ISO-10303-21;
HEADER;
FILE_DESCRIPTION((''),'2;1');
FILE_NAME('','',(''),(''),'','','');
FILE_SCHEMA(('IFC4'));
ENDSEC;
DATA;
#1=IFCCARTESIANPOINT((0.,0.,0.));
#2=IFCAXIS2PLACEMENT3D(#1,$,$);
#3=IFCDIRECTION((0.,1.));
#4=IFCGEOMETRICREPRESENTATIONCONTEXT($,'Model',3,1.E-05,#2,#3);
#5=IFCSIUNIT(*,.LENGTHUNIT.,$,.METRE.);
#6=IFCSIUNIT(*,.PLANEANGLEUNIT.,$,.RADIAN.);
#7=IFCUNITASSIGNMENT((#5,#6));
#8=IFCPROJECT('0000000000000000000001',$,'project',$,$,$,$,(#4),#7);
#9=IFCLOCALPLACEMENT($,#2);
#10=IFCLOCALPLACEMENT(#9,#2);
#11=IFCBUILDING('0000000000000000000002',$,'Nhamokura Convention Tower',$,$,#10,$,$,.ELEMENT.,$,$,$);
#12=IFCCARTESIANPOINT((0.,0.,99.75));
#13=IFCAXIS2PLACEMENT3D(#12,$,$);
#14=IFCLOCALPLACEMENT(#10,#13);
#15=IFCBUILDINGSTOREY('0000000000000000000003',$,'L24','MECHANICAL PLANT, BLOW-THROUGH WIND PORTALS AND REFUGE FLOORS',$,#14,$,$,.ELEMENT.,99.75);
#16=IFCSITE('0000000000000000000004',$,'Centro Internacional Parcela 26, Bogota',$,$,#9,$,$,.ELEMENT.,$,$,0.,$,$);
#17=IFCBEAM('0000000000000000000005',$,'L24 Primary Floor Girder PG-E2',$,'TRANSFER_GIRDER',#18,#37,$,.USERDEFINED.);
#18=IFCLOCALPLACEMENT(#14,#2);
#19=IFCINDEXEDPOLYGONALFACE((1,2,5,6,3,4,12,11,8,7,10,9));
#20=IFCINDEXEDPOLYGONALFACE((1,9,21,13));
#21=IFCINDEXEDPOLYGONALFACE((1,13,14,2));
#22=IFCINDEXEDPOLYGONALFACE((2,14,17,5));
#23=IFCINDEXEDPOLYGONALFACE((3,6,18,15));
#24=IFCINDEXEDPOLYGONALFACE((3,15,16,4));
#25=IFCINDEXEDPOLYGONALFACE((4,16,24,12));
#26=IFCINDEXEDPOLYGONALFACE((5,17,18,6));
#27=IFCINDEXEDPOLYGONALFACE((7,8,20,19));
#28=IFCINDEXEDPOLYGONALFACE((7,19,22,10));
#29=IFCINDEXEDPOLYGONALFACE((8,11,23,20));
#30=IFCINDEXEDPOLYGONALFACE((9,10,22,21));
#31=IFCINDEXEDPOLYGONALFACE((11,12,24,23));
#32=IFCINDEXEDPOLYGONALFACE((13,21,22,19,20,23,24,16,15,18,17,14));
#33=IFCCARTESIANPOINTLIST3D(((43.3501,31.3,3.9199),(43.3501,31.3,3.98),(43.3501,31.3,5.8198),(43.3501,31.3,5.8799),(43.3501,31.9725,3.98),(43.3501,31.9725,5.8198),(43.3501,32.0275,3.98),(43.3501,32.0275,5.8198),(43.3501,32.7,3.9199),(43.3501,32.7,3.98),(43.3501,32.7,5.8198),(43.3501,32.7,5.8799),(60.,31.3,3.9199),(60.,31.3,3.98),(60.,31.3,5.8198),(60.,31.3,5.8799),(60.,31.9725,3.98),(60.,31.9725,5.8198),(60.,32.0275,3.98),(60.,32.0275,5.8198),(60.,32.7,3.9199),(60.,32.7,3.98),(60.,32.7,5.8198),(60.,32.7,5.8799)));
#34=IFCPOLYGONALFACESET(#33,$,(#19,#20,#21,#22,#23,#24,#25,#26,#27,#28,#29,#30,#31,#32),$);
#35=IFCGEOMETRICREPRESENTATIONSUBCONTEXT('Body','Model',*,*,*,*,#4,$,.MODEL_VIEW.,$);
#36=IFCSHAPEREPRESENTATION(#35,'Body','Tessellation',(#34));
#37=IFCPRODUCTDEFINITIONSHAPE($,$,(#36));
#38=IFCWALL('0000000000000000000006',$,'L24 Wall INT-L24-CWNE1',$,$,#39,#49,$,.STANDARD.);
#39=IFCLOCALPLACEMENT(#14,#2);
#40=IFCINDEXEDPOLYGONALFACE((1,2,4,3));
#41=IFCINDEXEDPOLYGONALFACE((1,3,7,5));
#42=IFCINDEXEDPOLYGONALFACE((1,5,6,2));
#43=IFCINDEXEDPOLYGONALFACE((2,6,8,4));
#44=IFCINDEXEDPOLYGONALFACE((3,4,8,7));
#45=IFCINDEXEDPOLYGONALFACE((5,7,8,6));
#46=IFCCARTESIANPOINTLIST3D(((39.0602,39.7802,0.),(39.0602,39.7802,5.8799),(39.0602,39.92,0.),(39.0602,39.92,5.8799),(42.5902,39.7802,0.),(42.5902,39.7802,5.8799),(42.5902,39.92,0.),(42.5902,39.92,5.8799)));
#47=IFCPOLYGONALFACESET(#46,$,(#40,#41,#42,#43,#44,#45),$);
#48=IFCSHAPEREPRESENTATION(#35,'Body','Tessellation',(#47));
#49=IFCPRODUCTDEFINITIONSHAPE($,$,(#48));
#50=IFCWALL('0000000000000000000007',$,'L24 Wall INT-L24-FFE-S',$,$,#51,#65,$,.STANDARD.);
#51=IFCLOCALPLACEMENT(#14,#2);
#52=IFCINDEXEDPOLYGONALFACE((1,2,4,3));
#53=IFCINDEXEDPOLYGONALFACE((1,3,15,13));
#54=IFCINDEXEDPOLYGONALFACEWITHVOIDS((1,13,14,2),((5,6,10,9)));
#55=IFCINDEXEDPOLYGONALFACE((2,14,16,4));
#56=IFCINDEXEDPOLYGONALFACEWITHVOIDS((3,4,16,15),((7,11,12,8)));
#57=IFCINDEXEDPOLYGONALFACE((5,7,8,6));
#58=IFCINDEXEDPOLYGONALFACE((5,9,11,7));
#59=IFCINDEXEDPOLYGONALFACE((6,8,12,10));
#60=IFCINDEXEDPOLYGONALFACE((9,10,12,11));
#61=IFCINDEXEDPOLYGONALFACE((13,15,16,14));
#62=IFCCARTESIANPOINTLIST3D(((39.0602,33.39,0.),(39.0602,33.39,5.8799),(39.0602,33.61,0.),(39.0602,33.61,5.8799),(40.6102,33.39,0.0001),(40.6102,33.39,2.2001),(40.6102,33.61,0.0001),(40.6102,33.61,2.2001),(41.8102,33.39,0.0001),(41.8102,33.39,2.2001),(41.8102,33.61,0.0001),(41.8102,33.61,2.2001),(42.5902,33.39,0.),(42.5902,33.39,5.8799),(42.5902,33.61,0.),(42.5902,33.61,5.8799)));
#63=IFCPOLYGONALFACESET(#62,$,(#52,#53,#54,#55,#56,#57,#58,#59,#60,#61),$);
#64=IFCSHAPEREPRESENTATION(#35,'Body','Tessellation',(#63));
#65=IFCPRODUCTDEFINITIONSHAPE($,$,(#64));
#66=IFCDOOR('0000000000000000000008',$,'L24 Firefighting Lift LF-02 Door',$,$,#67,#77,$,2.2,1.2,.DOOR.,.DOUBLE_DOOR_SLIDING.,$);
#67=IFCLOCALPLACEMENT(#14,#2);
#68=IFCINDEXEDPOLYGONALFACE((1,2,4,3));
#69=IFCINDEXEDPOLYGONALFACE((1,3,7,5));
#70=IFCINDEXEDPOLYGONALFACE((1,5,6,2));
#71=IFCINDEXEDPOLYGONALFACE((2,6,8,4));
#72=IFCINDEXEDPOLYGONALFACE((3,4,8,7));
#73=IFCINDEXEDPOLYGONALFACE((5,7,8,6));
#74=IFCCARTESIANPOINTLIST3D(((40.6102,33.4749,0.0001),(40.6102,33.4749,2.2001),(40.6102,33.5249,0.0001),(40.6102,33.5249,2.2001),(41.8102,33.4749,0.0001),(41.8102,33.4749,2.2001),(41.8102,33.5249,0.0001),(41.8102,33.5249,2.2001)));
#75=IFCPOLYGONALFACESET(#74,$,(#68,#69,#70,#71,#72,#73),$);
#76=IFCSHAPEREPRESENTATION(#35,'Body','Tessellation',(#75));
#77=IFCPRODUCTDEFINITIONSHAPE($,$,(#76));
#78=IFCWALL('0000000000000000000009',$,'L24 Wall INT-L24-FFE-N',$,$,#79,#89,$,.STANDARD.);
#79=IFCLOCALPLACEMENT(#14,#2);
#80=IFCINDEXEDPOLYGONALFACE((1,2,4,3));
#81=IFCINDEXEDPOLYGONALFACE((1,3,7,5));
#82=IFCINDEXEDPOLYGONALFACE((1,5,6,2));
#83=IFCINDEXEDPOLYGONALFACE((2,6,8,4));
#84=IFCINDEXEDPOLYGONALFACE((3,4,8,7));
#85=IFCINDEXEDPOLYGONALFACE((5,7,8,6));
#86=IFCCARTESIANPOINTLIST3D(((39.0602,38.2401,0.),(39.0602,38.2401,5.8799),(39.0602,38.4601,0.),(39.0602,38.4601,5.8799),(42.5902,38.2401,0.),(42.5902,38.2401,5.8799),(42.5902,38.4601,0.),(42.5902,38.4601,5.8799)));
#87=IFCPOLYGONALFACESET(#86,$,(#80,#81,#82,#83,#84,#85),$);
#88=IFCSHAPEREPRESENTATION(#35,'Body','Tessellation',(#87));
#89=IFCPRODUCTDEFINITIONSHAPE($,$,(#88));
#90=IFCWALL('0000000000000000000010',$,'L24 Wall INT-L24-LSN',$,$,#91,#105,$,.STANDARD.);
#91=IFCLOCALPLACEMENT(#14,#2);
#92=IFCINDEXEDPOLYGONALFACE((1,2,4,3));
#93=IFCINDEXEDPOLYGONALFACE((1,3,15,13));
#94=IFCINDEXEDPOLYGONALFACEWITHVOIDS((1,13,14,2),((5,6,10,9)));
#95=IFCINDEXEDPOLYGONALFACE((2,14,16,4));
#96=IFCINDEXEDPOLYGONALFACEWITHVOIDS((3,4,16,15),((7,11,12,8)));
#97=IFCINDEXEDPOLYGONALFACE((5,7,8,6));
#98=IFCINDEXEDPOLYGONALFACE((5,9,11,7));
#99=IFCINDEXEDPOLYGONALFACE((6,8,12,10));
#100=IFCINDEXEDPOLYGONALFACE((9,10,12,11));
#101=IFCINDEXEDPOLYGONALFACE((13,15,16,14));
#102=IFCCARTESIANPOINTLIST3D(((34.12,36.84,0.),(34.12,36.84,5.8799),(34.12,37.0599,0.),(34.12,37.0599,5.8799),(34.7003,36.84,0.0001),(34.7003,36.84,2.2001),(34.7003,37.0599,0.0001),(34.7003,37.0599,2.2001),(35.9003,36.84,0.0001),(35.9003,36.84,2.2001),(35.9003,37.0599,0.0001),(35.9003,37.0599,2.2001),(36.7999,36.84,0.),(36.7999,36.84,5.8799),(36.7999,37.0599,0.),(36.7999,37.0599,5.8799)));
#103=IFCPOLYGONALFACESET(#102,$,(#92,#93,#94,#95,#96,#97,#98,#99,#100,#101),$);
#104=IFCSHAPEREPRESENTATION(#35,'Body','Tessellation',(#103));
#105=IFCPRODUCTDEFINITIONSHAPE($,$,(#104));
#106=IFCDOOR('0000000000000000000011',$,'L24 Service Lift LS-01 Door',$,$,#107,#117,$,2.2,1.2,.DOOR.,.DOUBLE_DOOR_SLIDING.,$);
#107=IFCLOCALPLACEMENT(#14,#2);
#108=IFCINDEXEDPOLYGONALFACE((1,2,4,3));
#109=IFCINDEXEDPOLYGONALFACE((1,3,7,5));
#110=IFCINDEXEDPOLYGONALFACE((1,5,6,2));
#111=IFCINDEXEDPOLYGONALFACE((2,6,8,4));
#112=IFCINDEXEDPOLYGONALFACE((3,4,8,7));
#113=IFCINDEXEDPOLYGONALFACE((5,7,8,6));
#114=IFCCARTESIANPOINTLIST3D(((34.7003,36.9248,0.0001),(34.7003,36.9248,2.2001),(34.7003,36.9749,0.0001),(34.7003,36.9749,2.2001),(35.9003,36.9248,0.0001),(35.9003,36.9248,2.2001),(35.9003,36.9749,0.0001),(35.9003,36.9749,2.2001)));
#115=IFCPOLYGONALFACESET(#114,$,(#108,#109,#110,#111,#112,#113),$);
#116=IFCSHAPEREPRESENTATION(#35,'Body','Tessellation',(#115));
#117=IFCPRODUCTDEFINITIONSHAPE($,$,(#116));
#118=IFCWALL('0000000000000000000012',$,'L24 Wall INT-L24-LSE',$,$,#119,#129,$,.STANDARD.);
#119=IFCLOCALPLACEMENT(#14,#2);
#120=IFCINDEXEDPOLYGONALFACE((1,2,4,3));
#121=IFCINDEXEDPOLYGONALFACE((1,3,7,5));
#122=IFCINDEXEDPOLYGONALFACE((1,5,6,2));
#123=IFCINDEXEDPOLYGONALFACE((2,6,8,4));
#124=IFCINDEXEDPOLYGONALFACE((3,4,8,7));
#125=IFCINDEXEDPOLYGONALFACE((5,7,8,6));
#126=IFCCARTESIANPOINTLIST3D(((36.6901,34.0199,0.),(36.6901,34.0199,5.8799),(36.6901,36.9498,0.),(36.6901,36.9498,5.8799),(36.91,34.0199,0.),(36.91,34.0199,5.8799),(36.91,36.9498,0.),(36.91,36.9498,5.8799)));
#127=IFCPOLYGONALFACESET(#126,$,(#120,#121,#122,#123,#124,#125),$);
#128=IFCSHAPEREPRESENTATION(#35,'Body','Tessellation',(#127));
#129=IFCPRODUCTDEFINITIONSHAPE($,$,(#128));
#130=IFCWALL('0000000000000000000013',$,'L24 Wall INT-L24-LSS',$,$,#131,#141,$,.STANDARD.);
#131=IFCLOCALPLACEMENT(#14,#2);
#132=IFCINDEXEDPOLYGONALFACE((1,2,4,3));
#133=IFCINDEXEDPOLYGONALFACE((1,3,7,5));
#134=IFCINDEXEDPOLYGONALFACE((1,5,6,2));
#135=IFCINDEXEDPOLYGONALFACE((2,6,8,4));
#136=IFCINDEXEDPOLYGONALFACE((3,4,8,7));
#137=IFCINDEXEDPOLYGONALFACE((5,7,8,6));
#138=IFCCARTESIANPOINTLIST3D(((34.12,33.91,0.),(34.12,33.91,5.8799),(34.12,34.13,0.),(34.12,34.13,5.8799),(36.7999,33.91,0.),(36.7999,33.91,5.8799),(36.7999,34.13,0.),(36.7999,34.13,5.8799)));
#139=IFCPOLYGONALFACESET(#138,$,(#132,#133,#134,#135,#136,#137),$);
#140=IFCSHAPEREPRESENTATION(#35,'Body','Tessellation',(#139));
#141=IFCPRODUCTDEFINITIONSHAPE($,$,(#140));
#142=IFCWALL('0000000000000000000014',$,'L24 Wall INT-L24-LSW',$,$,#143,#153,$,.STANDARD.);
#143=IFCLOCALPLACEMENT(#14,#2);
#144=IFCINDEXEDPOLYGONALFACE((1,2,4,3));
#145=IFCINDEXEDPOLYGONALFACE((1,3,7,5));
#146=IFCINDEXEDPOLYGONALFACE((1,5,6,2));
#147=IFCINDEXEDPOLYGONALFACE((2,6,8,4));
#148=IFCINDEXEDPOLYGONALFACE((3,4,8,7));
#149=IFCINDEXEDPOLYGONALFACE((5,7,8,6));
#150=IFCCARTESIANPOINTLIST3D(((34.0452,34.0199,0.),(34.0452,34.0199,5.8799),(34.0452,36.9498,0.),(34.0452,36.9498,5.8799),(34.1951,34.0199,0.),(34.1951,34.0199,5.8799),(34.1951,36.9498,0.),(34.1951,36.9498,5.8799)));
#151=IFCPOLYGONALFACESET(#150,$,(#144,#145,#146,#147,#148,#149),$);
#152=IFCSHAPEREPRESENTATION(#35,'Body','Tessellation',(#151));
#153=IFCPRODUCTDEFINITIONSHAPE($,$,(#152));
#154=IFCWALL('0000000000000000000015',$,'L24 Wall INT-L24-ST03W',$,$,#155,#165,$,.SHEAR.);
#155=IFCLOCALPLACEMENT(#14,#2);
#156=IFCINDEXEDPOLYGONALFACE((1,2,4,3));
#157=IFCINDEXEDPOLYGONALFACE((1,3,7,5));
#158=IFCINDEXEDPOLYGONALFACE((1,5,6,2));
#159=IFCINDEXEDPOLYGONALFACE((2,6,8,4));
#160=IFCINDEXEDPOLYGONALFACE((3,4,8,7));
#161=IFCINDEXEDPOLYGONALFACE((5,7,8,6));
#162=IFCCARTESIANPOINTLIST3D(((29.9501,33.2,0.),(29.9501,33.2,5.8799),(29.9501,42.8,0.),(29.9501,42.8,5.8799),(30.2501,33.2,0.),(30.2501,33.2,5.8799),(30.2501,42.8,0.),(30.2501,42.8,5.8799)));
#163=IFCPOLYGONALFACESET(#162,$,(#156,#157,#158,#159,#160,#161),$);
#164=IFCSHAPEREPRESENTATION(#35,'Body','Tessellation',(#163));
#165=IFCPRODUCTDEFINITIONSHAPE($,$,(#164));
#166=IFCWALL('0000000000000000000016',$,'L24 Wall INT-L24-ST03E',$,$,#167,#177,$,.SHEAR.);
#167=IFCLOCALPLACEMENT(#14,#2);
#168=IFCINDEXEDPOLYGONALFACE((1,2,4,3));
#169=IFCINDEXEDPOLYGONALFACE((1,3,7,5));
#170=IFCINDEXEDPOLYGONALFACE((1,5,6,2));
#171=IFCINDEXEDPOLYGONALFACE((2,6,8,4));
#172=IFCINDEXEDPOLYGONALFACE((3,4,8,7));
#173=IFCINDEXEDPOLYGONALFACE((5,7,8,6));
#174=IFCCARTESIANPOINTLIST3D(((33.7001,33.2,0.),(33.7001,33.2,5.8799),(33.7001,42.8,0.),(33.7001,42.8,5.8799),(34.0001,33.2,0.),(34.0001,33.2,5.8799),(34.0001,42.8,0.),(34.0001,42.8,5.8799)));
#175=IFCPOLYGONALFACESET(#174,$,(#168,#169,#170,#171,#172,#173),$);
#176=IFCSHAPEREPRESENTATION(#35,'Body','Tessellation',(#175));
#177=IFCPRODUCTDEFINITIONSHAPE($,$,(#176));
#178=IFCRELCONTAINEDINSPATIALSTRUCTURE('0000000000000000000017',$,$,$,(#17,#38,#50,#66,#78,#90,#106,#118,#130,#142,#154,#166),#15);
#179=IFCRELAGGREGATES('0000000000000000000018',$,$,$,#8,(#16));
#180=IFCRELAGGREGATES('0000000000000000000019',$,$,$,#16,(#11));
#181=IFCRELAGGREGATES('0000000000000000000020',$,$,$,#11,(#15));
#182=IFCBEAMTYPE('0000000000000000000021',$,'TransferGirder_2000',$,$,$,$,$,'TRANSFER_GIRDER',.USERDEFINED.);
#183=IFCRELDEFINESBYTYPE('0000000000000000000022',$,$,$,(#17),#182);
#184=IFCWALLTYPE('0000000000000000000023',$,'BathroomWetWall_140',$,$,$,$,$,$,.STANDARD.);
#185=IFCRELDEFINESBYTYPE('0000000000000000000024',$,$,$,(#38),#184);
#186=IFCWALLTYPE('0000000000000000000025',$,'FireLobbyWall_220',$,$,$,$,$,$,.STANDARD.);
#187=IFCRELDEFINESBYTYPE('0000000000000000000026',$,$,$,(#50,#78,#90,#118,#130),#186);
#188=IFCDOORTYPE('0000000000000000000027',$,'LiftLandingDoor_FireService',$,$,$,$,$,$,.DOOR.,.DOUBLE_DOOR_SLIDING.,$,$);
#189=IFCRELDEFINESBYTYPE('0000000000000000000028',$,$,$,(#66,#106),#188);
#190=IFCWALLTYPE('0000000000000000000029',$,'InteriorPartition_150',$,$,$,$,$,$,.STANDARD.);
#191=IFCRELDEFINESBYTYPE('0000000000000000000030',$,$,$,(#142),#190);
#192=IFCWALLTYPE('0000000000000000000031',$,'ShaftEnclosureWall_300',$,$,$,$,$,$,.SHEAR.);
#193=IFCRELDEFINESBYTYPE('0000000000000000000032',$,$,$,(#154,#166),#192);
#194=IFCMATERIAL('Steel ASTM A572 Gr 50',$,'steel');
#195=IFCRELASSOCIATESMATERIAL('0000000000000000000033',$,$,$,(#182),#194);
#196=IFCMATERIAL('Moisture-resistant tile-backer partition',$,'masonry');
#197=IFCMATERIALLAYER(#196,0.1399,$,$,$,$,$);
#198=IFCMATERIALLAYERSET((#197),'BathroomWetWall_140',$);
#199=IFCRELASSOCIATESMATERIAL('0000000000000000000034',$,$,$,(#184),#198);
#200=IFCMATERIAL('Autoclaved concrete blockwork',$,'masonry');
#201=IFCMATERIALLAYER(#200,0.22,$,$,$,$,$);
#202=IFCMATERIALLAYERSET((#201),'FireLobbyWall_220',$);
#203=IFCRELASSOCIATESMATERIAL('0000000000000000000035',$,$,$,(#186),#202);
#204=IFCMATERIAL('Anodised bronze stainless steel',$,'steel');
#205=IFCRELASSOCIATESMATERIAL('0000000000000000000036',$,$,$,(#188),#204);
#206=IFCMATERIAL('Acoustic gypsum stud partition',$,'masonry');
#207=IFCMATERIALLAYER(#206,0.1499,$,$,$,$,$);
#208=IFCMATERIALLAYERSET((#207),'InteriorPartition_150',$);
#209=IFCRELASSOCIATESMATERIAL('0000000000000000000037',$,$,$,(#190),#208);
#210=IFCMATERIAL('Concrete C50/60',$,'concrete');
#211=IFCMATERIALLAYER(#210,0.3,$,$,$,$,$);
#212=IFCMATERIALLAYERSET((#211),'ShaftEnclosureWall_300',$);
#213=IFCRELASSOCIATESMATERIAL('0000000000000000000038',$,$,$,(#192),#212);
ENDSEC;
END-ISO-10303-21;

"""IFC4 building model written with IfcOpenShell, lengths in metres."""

from ifc_helpers import new_model, si_unit, direction, frame, frame_2d, origin, origin_2d, place, context, subcontext, project, spatial, rectangle, i_section, extrude, material, layer, layer_set, material_profile, profile_set, type_object, element, fill, save


model = new_model("IFC4")

# Units and contexts
model_context = context("Model", 3, precision=1e-05, world=origin(), true_north=direction((0.0, 1.0)))
body_context = subcontext(model_context, "Body", "Model", "MODEL_VIEW")
ifc_project = project(units=[si_unit("LENGTHUNIT", "METRE"), si_unit("PLANEANGLEUNIT", "RADIAN")], contexts=[model_context])

# Site, building, storey
site_placement = place(None, origin())
site = spatial("IfcSite", under=ifc_project, at=site_placement, Name="Centro Internacional Parcela 26, Bogota", CompositionType="ELEMENT", RefElevation=0.0)
building_placement = place(site_placement, origin())
building = spatial("IfcBuilding", under=site, at=building_placement, Name="Nhamokura Convention Tower", CompositionType="ELEMENT")
storey_placement = place(building_placement, frame((0.0, 0.0, 99.75)))
storey = spatial("IfcBuildingStorey", under=building, at=storey_placement, Name="L24", Description="MECHANICAL PLANT, BLOW-THROUGH WIND PORTALS AND REFUGE FLOORS", CompositionType="ELEMENT", Elevation=99.75)

# Beam
ifc_material_1 = material(Name="Steel ASTM A572 Gr 50", Category="steel")
ifc_material_profile = material_profile(ifc_material_1, i_section(OverallWidth=1.3999, OverallDepth=1.96, WebThickness=0.0549, FlangeThickness=0.0601, at=origin_2d()))
ifc_profile_set = profile_set([ifc_material_profile], Name="Steel ASTM A572 Gr 50")
beam_type = type_object("IfcBeamType", Name="TransferGirder_2000", ElementType="TRANSFER_GIRDER", PredefinedType="USERDEFINED", material=ifc_profile_set)
beam_placement = place(storey_placement, frame((43.3501, 32.0, 4.8999), z_axis=(1.0, 0.0, 0.0), x_axis=(0.0, 1.0, 0.0)))
element("IfcBeam", 1, at=beam_placement, inside=storey, type_object=beam_type, Name="L24 Primary Floor Girder PG-E2", ObjectType="TRANSFER_GIRDER", PredefinedType="USERDEFINED", context=body_context, shape_type="SweptSolid", body=[
    extrude(i_section(OverallWidth=1.3999, OverallDepth=1.96, WebThickness=0.0549, FlangeThickness=0.0601, at=origin_2d()), origin(), (0.0, 0.0, 1.0), 16.6499),
])

# Wall
ifc_material_2 = material(Name="Moisture-resistant tile-backer partition", Category="masonry")
ifc_layer_1 = layer(ifc_material_2, 0.1399)
ifc_layer_set_1 = layer_set([ifc_layer_1], Name="BathroomWetWall_140")
wall_type_1 = type_object("IfcWallType", Name="BathroomWetWall_140", PredefinedType="STANDARD", material=ifc_layer_set_1)
wall_1_placement = place(storey_placement, frame((39.0601, 39.8501, 0.0), z_axis=(0.0, 0.0, 1.0), x_axis=(1.0, 0.0, 0.0)))
element("IfcWall", 2, at=wall_1_placement, inside=storey, type_object=wall_type_1, Name="L24 Wall INT-L24-CWNE1", PredefinedType="STANDARD", context=body_context, shape_type="SweptSolid", body=[
    extrude(rectangle(XDim=3.53, YDim=0.1399, at=frame_2d((1.7651, 0.0))), origin(), (0.0, 0.0, 1.0), 5.8799),
])

# Wall, opening, door
ifc_material_3 = material(Name="Autoclaved concrete blockwork", Category="masonry")
ifc_layer_2 = layer(ifc_material_3, 0.22)
ifc_layer_set_2 = layer_set([ifc_layer_2], Name="FireLobbyWall_220")
wall_type_2 = type_object("IfcWallType", Name="FireLobbyWall_220", PredefinedType="STANDARD", material=ifc_layer_set_2)
wall_2_placement = place(storey_placement, frame((39.0601, 33.5, 0.0), z_axis=(0.0, 0.0, 1.0), x_axis=(1.0, 0.0, 0.0)))
wall_2 = element("IfcWall", 3, at=wall_2_placement, inside=storey, type_object=wall_type_2, Name="L24 Wall INT-L24-FFE-S", PredefinedType="STANDARD", context=body_context, shape_type="SweptSolid", body=[
    extrude(rectangle(XDim=3.53, YDim=0.22, at=frame_2d((1.7651, 0.0))), origin(), (0.0, 0.0, 1.0), 5.8799),
])
opening_1_placement = place(wall_2_placement, frame((1.55, 0.0, 0.0)))
opening_1 = element("IfcOpeningElement", 4, at=opening_1_placement, cuts=wall_2, PredefinedType="OPENING", context=body_context, shape_type="SweptSolid", body=[
    extrude(rectangle(XDim=1.2, YDim=2.2, at=frame_2d((0.6001, 1.1001))), frame((0.0, 0.1199, 0.0), z_axis=(0.0, -1.0, 0.0), x_axis=(1.0, 0.0, 0.0)), (0.0, 0.0, 1.0), 0.24),
])
ifc_material_4 = material(Name="Anodised bronze stainless steel", Category="steel")
door_type_1 = type_object("IfcDoorType", Name="LiftLandingDoor_FireService", OperationType="DOUBLE_DOOR_SLIDING", PredefinedType="DOOR", material=ifc_material_4)
door_1_placement = place(opening_1_placement, origin())
door_1 = element("IfcDoor", 5, at=door_1_placement, inside=storey, type_object=door_type_1, Name="L24 Firefighting Lift LF-02 Door", OperationType="DOUBLE_DOOR_SLIDING", OverallHeight=2.2, OverallWidth=1.2, PredefinedType="DOOR", context=body_context, shape_type="SweptSolid", body=[
    extrude(rectangle(XDim=1.2, YDim=2.2, at=frame_2d((0.6001, 1.1001))), frame((0.0, 0.0249, 0.0), z_axis=(0.0, -1.0, 0.0), x_axis=(1.0, 0.0, 0.0)), (0.0, 0.0, 1.0), 0.05),
])
fill(opening_1, door_1)

# Wall
wall_3_placement = place(storey_placement, frame((39.0601, 38.3501, 0.0), z_axis=(0.0, 0.0, 1.0), x_axis=(1.0, 0.0, 0.0)))
element("IfcWall", 6, at=wall_3_placement, inside=storey, type_object=wall_type_2, Name="L24 Wall INT-L24-FFE-N", PredefinedType="STANDARD", context=body_context, shape_type="SweptSolid", body=[
    extrude(rectangle(XDim=3.53, YDim=0.22, at=frame_2d((1.7651, 0.0))), origin(), (0.0, 0.0, 1.0), 5.8799),
])

# Wall, opening, door
wall_4_placement = place(storey_placement, frame((34.1201, 36.95, 0.0), z_axis=(0.0, 0.0, 1.0), x_axis=(1.0, 0.0, 0.0)))
wall_4 = element("IfcWall", 7, at=wall_4_placement, inside=storey, type_object=wall_type_2, Name="L24 Wall INT-L24-LSN", PredefinedType="STANDARD", context=body_context, shape_type="SweptSolid", body=[
    extrude(rectangle(XDim=2.6799, YDim=0.22, at=frame_2d((1.3398, 0.0))), origin(), (0.0, 0.0, 1.0), 5.8799),
])
opening_2_placement = place(wall_4_placement, frame((0.5801, 0.0, 0.0)))
opening_2 = element("IfcOpeningElement", 8, at=opening_2_placement, cuts=wall_4, PredefinedType="OPENING", context=body_context, shape_type="SweptSolid", body=[
    extrude(rectangle(XDim=1.2, YDim=2.2, at=frame_2d((0.6001, 1.1001))), frame((0.0, 0.1199, 0.0), z_axis=(0.0, -1.0, 0.0), x_axis=(1.0, 0.0, 0.0)), (0.0, 0.0, 1.0), 0.24),
])
door_2_placement = place(opening_2_placement, origin())
door_2 = element("IfcDoor", 9, at=door_2_placement, inside=storey, type_object=door_type_1, Name="L24 Service Lift LS-01 Door", OperationType="DOUBLE_DOOR_SLIDING", OverallHeight=2.2, OverallWidth=1.2, PredefinedType="DOOR", context=body_context, shape_type="SweptSolid", body=[
    extrude(rectangle(XDim=1.2, YDim=2.2, at=frame_2d((0.6001, 1.1001))), frame((0.0, 0.0249, 0.0), z_axis=(0.0, -1.0, 0.0), x_axis=(1.0, 0.0, 0.0)), (0.0, 0.0, 1.0), 0.05),
])
fill(opening_2, door_2)

# Walls
wall_5_placement = place(storey_placement, frame((36.8, 34.02, 0.0), z_axis=(0.0, 0.0, 1.0), x_axis=(0.0, 1.0, 0.0)))
element("IfcWall", 10, at=wall_5_placement, inside=storey, type_object=wall_type_2, Name="L24 Wall INT-L24-LSE", PredefinedType="STANDARD", context=body_context, shape_type="SweptSolid", body=[
    extrude(rectangle(XDim=2.9299, YDim=0.22, at=frame_2d((1.4648, 0.0))), origin(), (0.0, 0.0, 1.0), 5.8799),
])
wall_6_placement = place(storey_placement, frame((34.1201, 34.02, 0.0), z_axis=(0.0, 0.0, 1.0), x_axis=(1.0, 0.0, 0.0)))
element("IfcWall", 11, at=wall_6_placement, inside=storey, type_object=wall_type_2, Name="L24 Wall INT-L24-LSS", PredefinedType="STANDARD", context=body_context, shape_type="SweptSolid", body=[
    extrude(rectangle(XDim=2.6799, YDim=0.22, at=frame_2d((1.3398, 0.0))), origin(), (0.0, 0.0, 1.0), 5.8799),
])
ifc_material_5 = material(Name="Acoustic gypsum stud partition", Category="masonry")
ifc_layer_3 = layer(ifc_material_5, 0.1499)
ifc_layer_set_3 = layer_set([ifc_layer_3], Name="InteriorPartition_150")
wall_type_3 = type_object("IfcWallType", Name="InteriorPartition_150", PredefinedType="STANDARD", material=ifc_layer_set_3)
wall_7_placement = place(storey_placement, frame((34.1201, 34.02, 0.0), z_axis=(0.0, 0.0, 1.0), x_axis=(0.0, 1.0, 0.0)))
element("IfcWall", 12, at=wall_7_placement, inside=storey, type_object=wall_type_3, Name="L24 Wall INT-L24-LSW", PredefinedType="STANDARD", context=body_context, shape_type="SweptSolid", body=[
    extrude(rectangle(XDim=2.9299, YDim=0.1499, at=frame_2d((1.4648, 0.0))), origin(), (0.0, 0.0, 1.0), 5.8799),
])
ifc_material_6 = material(Name="Concrete C50/60", Category="concrete")
ifc_layer_4 = layer(ifc_material_6, 0.3)
ifc_layer_set_4 = layer_set([ifc_layer_4], Name="ShaftEnclosureWall_300")
wall_type_4 = type_object("IfcWallType", Name="ShaftEnclosureWall_300", PredefinedType="SHEAR", material=ifc_layer_set_4)
for number, where, z_axis, x_axis, name in (
    (13, (30.1001, 33.2, 0.0), (0.0, 0.0, 1.0), (0.0, 1.0, 0.0), "L24 Wall INT-L24-ST03W"),
    (14, (33.8501, 33.2, 0.0), (0.0, 0.0, 1.0), (0.0, 1.0, 0.0), "L24 Wall INT-L24-ST03E"),
):
    element("IfcWall", number, at=place(storey_placement, frame(where, z_axis=z_axis, x_axis=x_axis)), inside=storey, type_object=wall_type_4, Name=name, PredefinedType="SHEAR", context=body_context, shape_type="SweptSolid", body=[
        extrude(rectangle(XDim=9.6001, YDim=0.3, at=frame_2d((4.8, 0.0))), origin(), (0.0, 0.0, 1.0), 5.8799),
    ])

save(model, "model.ifc")
